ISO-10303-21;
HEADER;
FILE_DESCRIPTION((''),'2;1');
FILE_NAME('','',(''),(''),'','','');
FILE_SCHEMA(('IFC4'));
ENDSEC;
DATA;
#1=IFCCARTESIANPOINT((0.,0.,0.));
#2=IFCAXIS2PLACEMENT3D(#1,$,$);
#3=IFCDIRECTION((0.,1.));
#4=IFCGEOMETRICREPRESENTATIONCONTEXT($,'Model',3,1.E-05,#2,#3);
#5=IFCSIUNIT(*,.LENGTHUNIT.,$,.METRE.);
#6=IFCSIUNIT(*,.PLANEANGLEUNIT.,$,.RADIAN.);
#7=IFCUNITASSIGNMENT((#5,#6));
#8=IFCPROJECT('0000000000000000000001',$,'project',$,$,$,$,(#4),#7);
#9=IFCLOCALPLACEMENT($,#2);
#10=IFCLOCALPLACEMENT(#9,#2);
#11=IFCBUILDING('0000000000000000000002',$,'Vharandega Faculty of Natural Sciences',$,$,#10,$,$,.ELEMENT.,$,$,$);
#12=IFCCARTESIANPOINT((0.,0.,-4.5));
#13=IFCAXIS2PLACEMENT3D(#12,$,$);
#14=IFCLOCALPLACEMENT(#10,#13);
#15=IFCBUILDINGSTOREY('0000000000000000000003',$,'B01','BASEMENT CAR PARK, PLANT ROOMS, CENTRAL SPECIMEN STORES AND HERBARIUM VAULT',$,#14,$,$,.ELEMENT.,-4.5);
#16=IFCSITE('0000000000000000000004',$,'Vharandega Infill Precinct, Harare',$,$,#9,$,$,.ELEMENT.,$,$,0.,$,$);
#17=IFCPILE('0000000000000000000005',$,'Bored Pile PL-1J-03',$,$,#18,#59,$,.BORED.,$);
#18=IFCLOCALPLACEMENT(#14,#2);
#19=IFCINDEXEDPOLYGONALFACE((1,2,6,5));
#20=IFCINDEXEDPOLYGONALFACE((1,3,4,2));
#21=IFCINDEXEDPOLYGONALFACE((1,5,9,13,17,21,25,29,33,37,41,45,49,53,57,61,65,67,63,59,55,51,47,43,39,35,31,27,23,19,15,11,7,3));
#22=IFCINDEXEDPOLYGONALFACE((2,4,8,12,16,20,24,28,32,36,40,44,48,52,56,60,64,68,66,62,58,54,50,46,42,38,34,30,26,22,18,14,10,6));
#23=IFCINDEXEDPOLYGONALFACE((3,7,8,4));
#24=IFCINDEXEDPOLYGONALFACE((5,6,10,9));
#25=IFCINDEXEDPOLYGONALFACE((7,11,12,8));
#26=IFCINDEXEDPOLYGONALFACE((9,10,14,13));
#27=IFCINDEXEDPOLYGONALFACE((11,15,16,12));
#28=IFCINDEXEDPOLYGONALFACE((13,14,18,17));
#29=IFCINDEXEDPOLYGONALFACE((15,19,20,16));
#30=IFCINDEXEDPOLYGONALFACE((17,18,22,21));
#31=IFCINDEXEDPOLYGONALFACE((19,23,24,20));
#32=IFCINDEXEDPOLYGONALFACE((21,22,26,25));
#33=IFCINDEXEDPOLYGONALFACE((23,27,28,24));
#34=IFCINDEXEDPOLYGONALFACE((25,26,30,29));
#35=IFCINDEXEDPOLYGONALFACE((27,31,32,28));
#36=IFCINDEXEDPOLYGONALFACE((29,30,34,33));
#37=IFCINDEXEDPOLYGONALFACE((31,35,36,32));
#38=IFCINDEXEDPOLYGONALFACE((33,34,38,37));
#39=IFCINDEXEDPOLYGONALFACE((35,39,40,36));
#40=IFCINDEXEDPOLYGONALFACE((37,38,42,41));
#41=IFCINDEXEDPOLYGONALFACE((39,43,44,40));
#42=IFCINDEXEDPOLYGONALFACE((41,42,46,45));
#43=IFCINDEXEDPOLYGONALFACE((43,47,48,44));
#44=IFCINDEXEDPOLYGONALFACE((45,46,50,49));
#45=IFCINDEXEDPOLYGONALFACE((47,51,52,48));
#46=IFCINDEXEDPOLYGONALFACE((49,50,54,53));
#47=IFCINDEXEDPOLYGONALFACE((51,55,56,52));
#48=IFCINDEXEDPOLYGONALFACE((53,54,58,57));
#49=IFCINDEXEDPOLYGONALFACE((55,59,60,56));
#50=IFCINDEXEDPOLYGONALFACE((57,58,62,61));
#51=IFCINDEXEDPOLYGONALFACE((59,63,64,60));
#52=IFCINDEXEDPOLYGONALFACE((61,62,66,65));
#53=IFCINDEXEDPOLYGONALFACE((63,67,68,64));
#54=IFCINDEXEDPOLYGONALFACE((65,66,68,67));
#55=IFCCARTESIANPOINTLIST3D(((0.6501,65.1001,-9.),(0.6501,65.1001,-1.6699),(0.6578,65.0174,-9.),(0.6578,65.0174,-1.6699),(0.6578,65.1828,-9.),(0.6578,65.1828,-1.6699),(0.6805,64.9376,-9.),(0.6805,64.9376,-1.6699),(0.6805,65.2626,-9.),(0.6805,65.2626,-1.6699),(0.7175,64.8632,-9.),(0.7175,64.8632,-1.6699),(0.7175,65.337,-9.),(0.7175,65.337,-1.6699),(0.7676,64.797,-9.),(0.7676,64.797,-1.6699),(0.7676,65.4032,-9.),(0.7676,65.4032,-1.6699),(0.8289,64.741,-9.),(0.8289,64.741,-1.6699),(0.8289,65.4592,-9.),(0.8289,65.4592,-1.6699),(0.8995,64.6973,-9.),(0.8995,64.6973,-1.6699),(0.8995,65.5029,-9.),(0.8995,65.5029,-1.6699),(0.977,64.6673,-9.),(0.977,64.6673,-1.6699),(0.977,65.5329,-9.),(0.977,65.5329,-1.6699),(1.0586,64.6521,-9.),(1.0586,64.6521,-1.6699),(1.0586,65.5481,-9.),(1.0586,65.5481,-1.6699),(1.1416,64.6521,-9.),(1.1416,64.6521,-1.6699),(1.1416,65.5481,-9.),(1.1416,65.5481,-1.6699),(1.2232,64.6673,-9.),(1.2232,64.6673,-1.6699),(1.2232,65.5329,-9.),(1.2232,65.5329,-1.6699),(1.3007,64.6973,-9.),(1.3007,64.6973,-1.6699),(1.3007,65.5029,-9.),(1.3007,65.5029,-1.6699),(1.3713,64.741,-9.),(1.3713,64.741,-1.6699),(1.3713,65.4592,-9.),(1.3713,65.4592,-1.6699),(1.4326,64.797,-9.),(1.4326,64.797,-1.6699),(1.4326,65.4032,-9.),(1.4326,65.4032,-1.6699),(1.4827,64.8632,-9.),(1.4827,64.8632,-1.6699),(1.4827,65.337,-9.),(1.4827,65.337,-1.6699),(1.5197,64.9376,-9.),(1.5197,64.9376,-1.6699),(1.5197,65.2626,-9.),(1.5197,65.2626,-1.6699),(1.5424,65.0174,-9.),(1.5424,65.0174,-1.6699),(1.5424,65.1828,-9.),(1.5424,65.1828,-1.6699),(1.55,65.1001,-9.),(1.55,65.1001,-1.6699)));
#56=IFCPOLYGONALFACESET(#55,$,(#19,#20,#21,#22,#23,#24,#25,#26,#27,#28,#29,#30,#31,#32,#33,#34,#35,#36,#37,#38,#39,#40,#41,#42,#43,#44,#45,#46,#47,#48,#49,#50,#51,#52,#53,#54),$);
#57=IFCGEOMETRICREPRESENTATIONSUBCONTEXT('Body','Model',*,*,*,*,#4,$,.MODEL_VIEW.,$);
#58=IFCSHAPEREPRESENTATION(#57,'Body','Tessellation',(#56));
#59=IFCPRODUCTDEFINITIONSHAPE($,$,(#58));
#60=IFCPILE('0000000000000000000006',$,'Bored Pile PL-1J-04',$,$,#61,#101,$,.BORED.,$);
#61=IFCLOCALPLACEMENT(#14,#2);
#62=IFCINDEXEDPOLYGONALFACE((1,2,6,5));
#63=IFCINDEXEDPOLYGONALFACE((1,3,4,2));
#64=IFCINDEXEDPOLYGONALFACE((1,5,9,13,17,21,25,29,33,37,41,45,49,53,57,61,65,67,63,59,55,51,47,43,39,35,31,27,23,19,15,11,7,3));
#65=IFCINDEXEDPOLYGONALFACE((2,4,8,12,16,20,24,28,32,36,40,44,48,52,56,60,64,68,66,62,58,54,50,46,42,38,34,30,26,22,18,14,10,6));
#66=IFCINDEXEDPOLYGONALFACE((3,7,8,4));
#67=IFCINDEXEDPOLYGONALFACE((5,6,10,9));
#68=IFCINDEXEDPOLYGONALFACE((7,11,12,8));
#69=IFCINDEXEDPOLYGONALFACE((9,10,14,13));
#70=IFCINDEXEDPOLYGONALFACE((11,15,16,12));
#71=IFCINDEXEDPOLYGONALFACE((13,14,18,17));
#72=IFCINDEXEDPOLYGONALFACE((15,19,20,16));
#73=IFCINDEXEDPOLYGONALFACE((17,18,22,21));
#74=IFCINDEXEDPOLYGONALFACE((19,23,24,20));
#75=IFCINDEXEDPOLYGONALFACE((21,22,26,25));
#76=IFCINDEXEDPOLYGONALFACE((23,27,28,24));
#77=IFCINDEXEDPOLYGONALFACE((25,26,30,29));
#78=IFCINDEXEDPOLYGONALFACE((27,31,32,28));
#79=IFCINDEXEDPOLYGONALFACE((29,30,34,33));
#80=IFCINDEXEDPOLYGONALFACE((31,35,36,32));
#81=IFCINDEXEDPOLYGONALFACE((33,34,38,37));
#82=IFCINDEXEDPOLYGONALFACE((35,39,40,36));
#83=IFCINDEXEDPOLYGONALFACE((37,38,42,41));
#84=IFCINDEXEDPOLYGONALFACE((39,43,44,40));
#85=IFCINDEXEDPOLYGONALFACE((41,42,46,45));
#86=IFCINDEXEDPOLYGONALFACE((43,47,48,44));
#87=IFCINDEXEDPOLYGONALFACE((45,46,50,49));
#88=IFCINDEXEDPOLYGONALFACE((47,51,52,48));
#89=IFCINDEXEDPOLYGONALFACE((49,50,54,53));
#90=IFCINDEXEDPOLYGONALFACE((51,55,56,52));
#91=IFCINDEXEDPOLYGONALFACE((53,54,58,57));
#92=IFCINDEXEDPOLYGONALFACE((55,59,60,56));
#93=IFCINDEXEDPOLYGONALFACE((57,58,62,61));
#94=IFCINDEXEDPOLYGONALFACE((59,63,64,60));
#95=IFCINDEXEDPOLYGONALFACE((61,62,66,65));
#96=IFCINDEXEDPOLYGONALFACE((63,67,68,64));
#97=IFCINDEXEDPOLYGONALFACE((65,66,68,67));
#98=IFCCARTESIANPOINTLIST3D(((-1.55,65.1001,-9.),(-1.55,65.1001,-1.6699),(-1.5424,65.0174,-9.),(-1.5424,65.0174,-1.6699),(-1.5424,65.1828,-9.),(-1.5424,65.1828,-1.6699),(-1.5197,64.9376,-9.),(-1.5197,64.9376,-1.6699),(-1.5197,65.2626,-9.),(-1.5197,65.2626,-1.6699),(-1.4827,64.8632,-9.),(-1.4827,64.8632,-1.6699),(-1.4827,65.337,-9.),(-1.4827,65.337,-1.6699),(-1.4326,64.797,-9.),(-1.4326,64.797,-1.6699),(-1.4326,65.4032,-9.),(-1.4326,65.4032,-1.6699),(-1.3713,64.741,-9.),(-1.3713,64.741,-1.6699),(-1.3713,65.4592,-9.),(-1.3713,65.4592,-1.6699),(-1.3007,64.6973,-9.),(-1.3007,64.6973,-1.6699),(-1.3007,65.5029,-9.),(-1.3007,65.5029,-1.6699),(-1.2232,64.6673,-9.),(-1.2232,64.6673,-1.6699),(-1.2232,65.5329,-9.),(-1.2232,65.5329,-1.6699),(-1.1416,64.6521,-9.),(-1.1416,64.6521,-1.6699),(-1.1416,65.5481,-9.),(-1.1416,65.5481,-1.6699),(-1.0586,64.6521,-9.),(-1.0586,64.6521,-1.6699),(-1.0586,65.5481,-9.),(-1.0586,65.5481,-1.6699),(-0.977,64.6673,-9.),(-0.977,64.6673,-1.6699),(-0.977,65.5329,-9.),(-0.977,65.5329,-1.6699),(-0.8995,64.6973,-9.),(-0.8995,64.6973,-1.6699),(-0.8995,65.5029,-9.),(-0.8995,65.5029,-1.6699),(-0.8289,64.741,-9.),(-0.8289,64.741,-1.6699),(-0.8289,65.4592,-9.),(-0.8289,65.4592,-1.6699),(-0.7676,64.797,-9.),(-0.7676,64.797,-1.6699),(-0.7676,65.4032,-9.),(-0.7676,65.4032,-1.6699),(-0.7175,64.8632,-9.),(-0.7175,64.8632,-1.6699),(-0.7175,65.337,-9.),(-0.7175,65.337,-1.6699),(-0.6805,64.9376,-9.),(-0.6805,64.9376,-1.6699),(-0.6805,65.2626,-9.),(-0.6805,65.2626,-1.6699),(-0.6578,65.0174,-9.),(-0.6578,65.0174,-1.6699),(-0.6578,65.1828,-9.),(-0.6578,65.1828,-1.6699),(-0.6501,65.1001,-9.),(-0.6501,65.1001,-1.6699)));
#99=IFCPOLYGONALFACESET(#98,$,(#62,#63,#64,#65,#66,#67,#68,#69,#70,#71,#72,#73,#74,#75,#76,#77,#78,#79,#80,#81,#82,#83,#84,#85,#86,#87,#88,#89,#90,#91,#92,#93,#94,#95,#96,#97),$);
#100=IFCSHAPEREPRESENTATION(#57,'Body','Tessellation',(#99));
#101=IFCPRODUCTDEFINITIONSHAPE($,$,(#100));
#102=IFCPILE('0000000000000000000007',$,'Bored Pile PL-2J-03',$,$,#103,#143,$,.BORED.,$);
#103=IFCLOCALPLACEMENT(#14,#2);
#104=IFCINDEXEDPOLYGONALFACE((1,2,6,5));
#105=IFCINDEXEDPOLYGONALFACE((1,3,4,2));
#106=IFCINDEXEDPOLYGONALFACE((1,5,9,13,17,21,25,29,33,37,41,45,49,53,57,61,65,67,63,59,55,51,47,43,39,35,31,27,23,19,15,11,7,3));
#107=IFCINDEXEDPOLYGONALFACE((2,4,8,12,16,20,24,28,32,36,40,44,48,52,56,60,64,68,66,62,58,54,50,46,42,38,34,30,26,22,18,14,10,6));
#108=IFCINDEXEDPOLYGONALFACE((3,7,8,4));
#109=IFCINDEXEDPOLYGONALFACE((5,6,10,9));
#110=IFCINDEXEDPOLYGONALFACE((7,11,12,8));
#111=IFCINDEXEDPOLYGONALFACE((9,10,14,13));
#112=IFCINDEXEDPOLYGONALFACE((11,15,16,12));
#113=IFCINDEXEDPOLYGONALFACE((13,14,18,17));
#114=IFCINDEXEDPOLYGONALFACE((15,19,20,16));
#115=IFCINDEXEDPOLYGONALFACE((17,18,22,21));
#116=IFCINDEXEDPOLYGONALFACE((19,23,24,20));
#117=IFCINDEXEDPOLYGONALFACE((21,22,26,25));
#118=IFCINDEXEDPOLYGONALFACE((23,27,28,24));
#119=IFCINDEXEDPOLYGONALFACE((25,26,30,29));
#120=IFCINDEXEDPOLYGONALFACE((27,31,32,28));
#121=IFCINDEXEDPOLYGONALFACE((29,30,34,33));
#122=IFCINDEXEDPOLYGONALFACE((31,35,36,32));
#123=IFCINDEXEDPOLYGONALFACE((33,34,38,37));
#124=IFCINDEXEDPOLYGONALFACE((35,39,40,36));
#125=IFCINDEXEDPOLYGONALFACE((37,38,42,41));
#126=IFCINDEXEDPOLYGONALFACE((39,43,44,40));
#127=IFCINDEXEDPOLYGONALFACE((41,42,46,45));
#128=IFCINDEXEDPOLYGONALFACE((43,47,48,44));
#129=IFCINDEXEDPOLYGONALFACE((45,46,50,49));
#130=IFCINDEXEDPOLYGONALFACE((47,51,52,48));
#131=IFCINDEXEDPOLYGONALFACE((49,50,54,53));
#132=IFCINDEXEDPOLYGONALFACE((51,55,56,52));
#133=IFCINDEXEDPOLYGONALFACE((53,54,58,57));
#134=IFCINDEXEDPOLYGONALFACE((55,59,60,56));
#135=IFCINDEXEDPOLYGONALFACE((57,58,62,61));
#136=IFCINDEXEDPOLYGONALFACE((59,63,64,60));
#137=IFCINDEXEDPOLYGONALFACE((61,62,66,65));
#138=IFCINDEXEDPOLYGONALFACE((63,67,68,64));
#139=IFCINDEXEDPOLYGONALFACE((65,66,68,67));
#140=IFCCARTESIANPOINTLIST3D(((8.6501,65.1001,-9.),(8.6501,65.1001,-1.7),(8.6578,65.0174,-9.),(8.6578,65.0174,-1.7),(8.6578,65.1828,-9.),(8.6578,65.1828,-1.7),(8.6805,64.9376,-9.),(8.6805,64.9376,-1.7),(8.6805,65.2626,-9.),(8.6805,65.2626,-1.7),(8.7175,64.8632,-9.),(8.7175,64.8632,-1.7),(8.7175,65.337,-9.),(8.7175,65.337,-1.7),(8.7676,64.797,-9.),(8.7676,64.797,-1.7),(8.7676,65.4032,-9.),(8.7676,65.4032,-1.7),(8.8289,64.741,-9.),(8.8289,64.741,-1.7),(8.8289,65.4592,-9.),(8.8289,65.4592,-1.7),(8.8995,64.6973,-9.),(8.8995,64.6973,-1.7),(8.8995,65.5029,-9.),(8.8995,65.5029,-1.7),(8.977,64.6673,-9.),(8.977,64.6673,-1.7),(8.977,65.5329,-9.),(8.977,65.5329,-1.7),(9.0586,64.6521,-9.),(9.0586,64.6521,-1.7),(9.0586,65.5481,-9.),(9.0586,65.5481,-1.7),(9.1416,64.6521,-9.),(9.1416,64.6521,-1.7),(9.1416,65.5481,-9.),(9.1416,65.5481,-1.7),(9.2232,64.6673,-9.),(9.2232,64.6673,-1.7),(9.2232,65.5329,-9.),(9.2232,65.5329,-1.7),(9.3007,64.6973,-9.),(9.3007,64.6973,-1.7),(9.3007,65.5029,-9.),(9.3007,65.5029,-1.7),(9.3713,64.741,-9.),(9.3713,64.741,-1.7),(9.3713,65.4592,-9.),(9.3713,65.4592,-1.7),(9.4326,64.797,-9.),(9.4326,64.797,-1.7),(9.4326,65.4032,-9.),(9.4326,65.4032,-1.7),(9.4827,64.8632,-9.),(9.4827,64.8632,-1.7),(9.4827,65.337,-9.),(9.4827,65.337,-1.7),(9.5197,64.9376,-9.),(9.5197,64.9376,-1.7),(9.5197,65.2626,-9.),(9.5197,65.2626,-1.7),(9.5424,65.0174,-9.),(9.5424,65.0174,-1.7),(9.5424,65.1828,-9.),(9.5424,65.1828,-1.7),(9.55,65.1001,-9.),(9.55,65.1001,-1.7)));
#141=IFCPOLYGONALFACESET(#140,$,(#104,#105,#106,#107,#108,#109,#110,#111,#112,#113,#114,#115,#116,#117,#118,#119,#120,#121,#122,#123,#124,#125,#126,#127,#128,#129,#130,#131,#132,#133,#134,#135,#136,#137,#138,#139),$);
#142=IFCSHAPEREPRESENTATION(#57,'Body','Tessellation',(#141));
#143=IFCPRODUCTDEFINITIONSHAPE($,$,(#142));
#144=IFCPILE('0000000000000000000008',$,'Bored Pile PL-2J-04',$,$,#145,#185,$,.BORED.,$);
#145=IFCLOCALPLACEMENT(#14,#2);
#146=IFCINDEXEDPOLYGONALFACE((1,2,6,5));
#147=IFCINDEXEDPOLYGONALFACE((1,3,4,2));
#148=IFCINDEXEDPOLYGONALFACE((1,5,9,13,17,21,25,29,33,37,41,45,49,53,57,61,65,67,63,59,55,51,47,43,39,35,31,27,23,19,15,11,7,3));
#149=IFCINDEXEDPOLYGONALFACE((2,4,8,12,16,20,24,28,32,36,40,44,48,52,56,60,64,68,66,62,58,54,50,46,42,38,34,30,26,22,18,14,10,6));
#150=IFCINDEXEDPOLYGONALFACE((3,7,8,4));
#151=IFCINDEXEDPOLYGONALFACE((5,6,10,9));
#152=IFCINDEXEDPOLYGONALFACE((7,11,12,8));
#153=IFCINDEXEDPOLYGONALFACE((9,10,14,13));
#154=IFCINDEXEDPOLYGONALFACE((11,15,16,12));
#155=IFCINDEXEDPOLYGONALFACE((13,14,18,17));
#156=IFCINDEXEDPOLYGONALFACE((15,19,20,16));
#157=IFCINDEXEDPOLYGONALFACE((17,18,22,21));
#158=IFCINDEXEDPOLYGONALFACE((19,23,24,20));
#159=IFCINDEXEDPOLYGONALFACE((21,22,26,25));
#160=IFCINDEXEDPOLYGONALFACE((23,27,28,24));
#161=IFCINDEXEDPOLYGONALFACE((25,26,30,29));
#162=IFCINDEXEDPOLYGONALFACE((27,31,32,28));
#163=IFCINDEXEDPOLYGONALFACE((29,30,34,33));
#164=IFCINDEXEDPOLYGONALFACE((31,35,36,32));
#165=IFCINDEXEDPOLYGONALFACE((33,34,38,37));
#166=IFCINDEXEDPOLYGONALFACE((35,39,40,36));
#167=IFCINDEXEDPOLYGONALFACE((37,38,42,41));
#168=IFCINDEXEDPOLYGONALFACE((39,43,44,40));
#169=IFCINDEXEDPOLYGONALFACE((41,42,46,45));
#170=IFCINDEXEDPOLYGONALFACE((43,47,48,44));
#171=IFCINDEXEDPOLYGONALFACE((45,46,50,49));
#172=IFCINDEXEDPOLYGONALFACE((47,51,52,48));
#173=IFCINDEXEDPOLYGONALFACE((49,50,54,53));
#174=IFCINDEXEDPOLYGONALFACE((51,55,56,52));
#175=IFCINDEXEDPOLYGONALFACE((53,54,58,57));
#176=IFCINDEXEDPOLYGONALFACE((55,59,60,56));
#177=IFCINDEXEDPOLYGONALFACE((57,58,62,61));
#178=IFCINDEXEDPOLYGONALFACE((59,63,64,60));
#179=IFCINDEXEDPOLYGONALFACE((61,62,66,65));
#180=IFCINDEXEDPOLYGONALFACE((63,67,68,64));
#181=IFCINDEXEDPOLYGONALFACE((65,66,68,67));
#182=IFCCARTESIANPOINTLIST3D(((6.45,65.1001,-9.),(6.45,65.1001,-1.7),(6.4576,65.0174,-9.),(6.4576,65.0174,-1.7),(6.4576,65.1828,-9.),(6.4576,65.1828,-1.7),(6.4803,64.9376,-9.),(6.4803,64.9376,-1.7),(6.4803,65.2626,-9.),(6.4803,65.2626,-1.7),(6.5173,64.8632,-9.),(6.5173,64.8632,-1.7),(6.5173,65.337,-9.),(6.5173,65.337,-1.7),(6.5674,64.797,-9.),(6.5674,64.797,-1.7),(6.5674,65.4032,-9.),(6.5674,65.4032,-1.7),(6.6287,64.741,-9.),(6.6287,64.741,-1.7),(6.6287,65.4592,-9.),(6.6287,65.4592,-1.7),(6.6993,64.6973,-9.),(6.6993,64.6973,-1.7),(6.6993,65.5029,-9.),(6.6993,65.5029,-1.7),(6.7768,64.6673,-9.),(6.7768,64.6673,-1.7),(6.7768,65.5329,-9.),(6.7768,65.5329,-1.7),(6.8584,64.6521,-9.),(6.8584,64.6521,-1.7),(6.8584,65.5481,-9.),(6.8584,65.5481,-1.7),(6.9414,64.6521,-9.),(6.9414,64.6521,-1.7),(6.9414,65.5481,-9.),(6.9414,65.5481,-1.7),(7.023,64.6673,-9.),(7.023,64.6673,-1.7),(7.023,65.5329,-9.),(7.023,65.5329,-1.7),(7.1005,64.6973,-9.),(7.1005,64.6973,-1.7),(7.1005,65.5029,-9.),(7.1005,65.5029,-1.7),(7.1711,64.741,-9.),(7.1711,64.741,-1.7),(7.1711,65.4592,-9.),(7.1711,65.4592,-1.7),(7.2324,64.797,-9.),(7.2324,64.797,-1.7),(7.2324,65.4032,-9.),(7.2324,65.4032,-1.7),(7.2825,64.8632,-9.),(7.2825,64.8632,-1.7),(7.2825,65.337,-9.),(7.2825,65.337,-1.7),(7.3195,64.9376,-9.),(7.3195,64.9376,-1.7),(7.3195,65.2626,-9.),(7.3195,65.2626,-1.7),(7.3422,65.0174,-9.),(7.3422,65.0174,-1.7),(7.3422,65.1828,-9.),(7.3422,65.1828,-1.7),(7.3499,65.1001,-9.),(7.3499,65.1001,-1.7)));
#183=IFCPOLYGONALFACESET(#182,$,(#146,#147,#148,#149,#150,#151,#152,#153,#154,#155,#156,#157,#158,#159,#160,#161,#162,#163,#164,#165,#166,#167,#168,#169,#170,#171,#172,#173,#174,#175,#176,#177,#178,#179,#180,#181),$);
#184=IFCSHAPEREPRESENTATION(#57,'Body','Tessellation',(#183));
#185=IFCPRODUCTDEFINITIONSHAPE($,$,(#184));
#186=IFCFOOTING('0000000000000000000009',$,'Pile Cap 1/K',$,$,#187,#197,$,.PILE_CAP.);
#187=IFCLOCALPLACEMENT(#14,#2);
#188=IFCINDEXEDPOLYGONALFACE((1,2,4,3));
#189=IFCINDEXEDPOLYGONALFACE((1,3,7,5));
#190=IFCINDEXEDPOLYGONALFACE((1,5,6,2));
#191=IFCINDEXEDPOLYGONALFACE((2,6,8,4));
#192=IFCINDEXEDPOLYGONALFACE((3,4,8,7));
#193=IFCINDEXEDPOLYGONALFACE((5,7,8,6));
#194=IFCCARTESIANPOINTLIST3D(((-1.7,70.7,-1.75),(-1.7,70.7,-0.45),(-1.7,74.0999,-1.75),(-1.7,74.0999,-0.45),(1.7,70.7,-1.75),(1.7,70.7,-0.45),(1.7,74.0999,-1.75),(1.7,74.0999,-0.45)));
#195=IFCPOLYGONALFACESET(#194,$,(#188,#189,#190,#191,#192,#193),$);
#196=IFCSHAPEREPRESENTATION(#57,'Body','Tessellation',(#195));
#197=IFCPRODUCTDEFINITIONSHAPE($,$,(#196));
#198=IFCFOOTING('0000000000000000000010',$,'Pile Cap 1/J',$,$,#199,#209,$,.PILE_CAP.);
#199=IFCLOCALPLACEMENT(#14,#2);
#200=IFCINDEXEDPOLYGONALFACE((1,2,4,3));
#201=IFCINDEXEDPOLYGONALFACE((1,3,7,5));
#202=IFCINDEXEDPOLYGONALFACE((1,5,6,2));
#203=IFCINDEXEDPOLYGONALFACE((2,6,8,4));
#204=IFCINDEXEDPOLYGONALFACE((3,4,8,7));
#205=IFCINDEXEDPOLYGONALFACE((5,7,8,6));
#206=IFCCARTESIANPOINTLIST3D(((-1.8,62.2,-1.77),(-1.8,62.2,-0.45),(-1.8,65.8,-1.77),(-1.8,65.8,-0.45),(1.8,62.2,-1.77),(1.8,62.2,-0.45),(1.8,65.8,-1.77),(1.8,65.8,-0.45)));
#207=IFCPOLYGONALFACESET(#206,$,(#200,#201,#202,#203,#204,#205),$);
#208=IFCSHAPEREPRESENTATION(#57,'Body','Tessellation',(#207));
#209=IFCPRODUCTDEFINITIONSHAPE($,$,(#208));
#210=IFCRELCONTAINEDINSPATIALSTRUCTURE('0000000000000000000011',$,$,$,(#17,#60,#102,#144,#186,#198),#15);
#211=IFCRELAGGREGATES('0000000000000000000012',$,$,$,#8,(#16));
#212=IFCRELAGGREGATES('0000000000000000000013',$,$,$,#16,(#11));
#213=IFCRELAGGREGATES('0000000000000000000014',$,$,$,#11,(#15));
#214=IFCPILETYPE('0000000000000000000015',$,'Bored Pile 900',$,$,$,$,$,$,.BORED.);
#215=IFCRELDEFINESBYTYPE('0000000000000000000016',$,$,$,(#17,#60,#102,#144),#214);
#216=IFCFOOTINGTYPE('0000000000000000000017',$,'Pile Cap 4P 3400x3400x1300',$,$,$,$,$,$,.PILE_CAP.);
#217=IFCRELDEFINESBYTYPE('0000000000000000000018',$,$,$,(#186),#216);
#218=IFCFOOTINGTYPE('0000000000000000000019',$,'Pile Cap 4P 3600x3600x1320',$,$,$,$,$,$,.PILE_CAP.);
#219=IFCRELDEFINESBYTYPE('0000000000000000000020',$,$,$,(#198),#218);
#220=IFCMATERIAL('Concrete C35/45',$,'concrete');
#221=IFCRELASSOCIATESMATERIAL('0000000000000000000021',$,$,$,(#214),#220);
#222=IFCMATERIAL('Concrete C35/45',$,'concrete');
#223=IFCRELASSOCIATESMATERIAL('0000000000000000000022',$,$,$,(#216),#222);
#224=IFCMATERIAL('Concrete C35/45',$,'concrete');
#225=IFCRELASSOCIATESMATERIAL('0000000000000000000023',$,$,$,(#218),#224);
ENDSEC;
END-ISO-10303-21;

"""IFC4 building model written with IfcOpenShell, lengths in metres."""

from ifc_helpers import new_model, si_unit, direction, frame, origin, origin_2d, place, context, subcontext, project, spatial, rectangle, circle, extrude, material, material_profile, profile_set, type_object, element, save


model = new_model("IFC4")

# Units and contexts
model_context = context("Model", 3, precision=1e-05, world=origin(), true_north=direction((0.0, 1.0)))
body_context = subcontext(model_context, "Body", "Model", "MODEL_VIEW")
ifc_project = project(units=[si_unit("LENGTHUNIT", "METRE"), si_unit("PLANEANGLEUNIT", "RADIAN")], contexts=[model_context])

# Site, building, storey
site_placement = place(None, origin())
site = spatial("IfcSite", under=ifc_project, at=site_placement, Name="Vharandega Infill Precinct, Harare", CompositionType="ELEMENT", RefElevation=0.0)
building_placement = place(site_placement, origin())
building = spatial("IfcBuilding", under=site, at=building_placement, Name="Vharandega Faculty of Natural Sciences", CompositionType="ELEMENT")
storey_placement = place(building_placement, frame((0.0, 0.0, -4.5)))
storey = spatial("IfcBuildingStorey", under=building, at=storey_placement, Name="B01", Description="BASEMENT CAR PARK, PLANT ROOMS, CENTRAL SPECIMEN STORES AND HERBARIUM VAULT", CompositionType="ELEMENT", Elevation=-4.5)

# Piles
ifc_material_1 = material(Name="Concrete C35/45", Category="concrete")
ifc_material_profile_1 = material_profile(ifc_material_1, circle(Radius=0.45, at=origin_2d()), Name="PILE 900")
ifc_profile_set_1 = profile_set([ifc_material_profile_1], Name="Concrete C35/45")
pile_type_1 = type_object("IfcPileType", Name="Bored Pile 900", PredefinedType="BORED", material=ifc_profile_set_1)
for number, where, z_axis, x_axis, name in (
    (1, (1.1001, 65.1001, -1.6699), (0.0, 0.0, -1.0), (1.0, 0.0, 0.0), "Bored Pile PL-1J-03"),
    (2, (-1.1001, 65.1001, -1.6699), (0.0, 0.0, -1.0), (1.0, 0.0, 0.0), "Bored Pile PL-1J-04"),
):
    element("IfcPile", number, at=place(storey_placement, frame(where, z_axis=z_axis, x_axis=x_axis)), inside=storey, type_object=pile_type_1, Name=name, PredefinedType="BORED", context=body_context, shape_type="SweptSolid", body=[
        extrude(circle(Radius=0.45, at=origin_2d()), origin(), (0.0, 0.0, 1.0), 7.3301),
    ])
for number, where, z_axis, x_axis, name in (
    (3, (9.1001, 65.1001, -1.7), (0.0, 0.0, -1.0), (1.0, 0.0, 0.0), "Bored Pile PL-2J-03"),
    (4, (6.8999, 65.1001, -1.7), (0.0, 0.0, -1.0), (1.0, 0.0, 0.0), "Bored Pile PL-2J-04"),
):
    element("IfcPile", number, at=place(storey_placement, frame(where, z_axis=z_axis, x_axis=x_axis)), inside=storey, type_object=pile_type_1, Name=name, PredefinedType="BORED", context=body_context, shape_type="SweptSolid", body=[
        extrude(circle(Radius=0.45, at=origin_2d()), origin(), (0.0, 0.0, 1.0), 7.3),
    ])

# Footings
ifc_material_2 = material(Name="Concrete C35/45", Category="concrete")
footing_type_1 = type_object("IfcFootingType", Name="Pile Cap 4P 3400x3400x1300", PredefinedType="PILE_CAP", material=ifc_material_2)
footing_1_placement = place(storey_placement, frame((0.0, 72.3999, -1.75), z_axis=(0.0, 0.0, 1.0), x_axis=(1.0, 0.0, 0.0)))
element("IfcFooting", 5, at=footing_1_placement, inside=storey, type_object=footing_type_1, Name="Pile Cap 1/K", PredefinedType="PILE_CAP", context=body_context, shape_type="SweptSolid", body=[
    extrude(rectangle(XDim=3.3999, YDim=3.3999, at=origin_2d()), origin(), (0.0, 0.0, 1.0), 1.3),
])
ifc_material_3 = material(Name="Concrete C35/45", Category="concrete")
footing_type_2 = type_object("IfcFootingType", Name="Pile Cap 4P 3600x3600x1320", PredefinedType="PILE_CAP", material=ifc_material_3)
footing_2_placement = place(storey_placement, frame((0.0, 64.0, -1.77), z_axis=(0.0, 0.0, 1.0), x_axis=(1.0, 0.0, 0.0)))
element("IfcFooting", 6, at=footing_2_placement, inside=storey, type_object=footing_type_2, Name="Pile Cap 1/J", PredefinedType="PILE_CAP", context=body_context, shape_type="SweptSolid", body=[
    extrude(rectangle(XDim=3.6001, YDim=3.6001, at=origin_2d()), origin(), (0.0, 0.0, 1.0), 1.3201),
])

save(model, "model.ifc")
